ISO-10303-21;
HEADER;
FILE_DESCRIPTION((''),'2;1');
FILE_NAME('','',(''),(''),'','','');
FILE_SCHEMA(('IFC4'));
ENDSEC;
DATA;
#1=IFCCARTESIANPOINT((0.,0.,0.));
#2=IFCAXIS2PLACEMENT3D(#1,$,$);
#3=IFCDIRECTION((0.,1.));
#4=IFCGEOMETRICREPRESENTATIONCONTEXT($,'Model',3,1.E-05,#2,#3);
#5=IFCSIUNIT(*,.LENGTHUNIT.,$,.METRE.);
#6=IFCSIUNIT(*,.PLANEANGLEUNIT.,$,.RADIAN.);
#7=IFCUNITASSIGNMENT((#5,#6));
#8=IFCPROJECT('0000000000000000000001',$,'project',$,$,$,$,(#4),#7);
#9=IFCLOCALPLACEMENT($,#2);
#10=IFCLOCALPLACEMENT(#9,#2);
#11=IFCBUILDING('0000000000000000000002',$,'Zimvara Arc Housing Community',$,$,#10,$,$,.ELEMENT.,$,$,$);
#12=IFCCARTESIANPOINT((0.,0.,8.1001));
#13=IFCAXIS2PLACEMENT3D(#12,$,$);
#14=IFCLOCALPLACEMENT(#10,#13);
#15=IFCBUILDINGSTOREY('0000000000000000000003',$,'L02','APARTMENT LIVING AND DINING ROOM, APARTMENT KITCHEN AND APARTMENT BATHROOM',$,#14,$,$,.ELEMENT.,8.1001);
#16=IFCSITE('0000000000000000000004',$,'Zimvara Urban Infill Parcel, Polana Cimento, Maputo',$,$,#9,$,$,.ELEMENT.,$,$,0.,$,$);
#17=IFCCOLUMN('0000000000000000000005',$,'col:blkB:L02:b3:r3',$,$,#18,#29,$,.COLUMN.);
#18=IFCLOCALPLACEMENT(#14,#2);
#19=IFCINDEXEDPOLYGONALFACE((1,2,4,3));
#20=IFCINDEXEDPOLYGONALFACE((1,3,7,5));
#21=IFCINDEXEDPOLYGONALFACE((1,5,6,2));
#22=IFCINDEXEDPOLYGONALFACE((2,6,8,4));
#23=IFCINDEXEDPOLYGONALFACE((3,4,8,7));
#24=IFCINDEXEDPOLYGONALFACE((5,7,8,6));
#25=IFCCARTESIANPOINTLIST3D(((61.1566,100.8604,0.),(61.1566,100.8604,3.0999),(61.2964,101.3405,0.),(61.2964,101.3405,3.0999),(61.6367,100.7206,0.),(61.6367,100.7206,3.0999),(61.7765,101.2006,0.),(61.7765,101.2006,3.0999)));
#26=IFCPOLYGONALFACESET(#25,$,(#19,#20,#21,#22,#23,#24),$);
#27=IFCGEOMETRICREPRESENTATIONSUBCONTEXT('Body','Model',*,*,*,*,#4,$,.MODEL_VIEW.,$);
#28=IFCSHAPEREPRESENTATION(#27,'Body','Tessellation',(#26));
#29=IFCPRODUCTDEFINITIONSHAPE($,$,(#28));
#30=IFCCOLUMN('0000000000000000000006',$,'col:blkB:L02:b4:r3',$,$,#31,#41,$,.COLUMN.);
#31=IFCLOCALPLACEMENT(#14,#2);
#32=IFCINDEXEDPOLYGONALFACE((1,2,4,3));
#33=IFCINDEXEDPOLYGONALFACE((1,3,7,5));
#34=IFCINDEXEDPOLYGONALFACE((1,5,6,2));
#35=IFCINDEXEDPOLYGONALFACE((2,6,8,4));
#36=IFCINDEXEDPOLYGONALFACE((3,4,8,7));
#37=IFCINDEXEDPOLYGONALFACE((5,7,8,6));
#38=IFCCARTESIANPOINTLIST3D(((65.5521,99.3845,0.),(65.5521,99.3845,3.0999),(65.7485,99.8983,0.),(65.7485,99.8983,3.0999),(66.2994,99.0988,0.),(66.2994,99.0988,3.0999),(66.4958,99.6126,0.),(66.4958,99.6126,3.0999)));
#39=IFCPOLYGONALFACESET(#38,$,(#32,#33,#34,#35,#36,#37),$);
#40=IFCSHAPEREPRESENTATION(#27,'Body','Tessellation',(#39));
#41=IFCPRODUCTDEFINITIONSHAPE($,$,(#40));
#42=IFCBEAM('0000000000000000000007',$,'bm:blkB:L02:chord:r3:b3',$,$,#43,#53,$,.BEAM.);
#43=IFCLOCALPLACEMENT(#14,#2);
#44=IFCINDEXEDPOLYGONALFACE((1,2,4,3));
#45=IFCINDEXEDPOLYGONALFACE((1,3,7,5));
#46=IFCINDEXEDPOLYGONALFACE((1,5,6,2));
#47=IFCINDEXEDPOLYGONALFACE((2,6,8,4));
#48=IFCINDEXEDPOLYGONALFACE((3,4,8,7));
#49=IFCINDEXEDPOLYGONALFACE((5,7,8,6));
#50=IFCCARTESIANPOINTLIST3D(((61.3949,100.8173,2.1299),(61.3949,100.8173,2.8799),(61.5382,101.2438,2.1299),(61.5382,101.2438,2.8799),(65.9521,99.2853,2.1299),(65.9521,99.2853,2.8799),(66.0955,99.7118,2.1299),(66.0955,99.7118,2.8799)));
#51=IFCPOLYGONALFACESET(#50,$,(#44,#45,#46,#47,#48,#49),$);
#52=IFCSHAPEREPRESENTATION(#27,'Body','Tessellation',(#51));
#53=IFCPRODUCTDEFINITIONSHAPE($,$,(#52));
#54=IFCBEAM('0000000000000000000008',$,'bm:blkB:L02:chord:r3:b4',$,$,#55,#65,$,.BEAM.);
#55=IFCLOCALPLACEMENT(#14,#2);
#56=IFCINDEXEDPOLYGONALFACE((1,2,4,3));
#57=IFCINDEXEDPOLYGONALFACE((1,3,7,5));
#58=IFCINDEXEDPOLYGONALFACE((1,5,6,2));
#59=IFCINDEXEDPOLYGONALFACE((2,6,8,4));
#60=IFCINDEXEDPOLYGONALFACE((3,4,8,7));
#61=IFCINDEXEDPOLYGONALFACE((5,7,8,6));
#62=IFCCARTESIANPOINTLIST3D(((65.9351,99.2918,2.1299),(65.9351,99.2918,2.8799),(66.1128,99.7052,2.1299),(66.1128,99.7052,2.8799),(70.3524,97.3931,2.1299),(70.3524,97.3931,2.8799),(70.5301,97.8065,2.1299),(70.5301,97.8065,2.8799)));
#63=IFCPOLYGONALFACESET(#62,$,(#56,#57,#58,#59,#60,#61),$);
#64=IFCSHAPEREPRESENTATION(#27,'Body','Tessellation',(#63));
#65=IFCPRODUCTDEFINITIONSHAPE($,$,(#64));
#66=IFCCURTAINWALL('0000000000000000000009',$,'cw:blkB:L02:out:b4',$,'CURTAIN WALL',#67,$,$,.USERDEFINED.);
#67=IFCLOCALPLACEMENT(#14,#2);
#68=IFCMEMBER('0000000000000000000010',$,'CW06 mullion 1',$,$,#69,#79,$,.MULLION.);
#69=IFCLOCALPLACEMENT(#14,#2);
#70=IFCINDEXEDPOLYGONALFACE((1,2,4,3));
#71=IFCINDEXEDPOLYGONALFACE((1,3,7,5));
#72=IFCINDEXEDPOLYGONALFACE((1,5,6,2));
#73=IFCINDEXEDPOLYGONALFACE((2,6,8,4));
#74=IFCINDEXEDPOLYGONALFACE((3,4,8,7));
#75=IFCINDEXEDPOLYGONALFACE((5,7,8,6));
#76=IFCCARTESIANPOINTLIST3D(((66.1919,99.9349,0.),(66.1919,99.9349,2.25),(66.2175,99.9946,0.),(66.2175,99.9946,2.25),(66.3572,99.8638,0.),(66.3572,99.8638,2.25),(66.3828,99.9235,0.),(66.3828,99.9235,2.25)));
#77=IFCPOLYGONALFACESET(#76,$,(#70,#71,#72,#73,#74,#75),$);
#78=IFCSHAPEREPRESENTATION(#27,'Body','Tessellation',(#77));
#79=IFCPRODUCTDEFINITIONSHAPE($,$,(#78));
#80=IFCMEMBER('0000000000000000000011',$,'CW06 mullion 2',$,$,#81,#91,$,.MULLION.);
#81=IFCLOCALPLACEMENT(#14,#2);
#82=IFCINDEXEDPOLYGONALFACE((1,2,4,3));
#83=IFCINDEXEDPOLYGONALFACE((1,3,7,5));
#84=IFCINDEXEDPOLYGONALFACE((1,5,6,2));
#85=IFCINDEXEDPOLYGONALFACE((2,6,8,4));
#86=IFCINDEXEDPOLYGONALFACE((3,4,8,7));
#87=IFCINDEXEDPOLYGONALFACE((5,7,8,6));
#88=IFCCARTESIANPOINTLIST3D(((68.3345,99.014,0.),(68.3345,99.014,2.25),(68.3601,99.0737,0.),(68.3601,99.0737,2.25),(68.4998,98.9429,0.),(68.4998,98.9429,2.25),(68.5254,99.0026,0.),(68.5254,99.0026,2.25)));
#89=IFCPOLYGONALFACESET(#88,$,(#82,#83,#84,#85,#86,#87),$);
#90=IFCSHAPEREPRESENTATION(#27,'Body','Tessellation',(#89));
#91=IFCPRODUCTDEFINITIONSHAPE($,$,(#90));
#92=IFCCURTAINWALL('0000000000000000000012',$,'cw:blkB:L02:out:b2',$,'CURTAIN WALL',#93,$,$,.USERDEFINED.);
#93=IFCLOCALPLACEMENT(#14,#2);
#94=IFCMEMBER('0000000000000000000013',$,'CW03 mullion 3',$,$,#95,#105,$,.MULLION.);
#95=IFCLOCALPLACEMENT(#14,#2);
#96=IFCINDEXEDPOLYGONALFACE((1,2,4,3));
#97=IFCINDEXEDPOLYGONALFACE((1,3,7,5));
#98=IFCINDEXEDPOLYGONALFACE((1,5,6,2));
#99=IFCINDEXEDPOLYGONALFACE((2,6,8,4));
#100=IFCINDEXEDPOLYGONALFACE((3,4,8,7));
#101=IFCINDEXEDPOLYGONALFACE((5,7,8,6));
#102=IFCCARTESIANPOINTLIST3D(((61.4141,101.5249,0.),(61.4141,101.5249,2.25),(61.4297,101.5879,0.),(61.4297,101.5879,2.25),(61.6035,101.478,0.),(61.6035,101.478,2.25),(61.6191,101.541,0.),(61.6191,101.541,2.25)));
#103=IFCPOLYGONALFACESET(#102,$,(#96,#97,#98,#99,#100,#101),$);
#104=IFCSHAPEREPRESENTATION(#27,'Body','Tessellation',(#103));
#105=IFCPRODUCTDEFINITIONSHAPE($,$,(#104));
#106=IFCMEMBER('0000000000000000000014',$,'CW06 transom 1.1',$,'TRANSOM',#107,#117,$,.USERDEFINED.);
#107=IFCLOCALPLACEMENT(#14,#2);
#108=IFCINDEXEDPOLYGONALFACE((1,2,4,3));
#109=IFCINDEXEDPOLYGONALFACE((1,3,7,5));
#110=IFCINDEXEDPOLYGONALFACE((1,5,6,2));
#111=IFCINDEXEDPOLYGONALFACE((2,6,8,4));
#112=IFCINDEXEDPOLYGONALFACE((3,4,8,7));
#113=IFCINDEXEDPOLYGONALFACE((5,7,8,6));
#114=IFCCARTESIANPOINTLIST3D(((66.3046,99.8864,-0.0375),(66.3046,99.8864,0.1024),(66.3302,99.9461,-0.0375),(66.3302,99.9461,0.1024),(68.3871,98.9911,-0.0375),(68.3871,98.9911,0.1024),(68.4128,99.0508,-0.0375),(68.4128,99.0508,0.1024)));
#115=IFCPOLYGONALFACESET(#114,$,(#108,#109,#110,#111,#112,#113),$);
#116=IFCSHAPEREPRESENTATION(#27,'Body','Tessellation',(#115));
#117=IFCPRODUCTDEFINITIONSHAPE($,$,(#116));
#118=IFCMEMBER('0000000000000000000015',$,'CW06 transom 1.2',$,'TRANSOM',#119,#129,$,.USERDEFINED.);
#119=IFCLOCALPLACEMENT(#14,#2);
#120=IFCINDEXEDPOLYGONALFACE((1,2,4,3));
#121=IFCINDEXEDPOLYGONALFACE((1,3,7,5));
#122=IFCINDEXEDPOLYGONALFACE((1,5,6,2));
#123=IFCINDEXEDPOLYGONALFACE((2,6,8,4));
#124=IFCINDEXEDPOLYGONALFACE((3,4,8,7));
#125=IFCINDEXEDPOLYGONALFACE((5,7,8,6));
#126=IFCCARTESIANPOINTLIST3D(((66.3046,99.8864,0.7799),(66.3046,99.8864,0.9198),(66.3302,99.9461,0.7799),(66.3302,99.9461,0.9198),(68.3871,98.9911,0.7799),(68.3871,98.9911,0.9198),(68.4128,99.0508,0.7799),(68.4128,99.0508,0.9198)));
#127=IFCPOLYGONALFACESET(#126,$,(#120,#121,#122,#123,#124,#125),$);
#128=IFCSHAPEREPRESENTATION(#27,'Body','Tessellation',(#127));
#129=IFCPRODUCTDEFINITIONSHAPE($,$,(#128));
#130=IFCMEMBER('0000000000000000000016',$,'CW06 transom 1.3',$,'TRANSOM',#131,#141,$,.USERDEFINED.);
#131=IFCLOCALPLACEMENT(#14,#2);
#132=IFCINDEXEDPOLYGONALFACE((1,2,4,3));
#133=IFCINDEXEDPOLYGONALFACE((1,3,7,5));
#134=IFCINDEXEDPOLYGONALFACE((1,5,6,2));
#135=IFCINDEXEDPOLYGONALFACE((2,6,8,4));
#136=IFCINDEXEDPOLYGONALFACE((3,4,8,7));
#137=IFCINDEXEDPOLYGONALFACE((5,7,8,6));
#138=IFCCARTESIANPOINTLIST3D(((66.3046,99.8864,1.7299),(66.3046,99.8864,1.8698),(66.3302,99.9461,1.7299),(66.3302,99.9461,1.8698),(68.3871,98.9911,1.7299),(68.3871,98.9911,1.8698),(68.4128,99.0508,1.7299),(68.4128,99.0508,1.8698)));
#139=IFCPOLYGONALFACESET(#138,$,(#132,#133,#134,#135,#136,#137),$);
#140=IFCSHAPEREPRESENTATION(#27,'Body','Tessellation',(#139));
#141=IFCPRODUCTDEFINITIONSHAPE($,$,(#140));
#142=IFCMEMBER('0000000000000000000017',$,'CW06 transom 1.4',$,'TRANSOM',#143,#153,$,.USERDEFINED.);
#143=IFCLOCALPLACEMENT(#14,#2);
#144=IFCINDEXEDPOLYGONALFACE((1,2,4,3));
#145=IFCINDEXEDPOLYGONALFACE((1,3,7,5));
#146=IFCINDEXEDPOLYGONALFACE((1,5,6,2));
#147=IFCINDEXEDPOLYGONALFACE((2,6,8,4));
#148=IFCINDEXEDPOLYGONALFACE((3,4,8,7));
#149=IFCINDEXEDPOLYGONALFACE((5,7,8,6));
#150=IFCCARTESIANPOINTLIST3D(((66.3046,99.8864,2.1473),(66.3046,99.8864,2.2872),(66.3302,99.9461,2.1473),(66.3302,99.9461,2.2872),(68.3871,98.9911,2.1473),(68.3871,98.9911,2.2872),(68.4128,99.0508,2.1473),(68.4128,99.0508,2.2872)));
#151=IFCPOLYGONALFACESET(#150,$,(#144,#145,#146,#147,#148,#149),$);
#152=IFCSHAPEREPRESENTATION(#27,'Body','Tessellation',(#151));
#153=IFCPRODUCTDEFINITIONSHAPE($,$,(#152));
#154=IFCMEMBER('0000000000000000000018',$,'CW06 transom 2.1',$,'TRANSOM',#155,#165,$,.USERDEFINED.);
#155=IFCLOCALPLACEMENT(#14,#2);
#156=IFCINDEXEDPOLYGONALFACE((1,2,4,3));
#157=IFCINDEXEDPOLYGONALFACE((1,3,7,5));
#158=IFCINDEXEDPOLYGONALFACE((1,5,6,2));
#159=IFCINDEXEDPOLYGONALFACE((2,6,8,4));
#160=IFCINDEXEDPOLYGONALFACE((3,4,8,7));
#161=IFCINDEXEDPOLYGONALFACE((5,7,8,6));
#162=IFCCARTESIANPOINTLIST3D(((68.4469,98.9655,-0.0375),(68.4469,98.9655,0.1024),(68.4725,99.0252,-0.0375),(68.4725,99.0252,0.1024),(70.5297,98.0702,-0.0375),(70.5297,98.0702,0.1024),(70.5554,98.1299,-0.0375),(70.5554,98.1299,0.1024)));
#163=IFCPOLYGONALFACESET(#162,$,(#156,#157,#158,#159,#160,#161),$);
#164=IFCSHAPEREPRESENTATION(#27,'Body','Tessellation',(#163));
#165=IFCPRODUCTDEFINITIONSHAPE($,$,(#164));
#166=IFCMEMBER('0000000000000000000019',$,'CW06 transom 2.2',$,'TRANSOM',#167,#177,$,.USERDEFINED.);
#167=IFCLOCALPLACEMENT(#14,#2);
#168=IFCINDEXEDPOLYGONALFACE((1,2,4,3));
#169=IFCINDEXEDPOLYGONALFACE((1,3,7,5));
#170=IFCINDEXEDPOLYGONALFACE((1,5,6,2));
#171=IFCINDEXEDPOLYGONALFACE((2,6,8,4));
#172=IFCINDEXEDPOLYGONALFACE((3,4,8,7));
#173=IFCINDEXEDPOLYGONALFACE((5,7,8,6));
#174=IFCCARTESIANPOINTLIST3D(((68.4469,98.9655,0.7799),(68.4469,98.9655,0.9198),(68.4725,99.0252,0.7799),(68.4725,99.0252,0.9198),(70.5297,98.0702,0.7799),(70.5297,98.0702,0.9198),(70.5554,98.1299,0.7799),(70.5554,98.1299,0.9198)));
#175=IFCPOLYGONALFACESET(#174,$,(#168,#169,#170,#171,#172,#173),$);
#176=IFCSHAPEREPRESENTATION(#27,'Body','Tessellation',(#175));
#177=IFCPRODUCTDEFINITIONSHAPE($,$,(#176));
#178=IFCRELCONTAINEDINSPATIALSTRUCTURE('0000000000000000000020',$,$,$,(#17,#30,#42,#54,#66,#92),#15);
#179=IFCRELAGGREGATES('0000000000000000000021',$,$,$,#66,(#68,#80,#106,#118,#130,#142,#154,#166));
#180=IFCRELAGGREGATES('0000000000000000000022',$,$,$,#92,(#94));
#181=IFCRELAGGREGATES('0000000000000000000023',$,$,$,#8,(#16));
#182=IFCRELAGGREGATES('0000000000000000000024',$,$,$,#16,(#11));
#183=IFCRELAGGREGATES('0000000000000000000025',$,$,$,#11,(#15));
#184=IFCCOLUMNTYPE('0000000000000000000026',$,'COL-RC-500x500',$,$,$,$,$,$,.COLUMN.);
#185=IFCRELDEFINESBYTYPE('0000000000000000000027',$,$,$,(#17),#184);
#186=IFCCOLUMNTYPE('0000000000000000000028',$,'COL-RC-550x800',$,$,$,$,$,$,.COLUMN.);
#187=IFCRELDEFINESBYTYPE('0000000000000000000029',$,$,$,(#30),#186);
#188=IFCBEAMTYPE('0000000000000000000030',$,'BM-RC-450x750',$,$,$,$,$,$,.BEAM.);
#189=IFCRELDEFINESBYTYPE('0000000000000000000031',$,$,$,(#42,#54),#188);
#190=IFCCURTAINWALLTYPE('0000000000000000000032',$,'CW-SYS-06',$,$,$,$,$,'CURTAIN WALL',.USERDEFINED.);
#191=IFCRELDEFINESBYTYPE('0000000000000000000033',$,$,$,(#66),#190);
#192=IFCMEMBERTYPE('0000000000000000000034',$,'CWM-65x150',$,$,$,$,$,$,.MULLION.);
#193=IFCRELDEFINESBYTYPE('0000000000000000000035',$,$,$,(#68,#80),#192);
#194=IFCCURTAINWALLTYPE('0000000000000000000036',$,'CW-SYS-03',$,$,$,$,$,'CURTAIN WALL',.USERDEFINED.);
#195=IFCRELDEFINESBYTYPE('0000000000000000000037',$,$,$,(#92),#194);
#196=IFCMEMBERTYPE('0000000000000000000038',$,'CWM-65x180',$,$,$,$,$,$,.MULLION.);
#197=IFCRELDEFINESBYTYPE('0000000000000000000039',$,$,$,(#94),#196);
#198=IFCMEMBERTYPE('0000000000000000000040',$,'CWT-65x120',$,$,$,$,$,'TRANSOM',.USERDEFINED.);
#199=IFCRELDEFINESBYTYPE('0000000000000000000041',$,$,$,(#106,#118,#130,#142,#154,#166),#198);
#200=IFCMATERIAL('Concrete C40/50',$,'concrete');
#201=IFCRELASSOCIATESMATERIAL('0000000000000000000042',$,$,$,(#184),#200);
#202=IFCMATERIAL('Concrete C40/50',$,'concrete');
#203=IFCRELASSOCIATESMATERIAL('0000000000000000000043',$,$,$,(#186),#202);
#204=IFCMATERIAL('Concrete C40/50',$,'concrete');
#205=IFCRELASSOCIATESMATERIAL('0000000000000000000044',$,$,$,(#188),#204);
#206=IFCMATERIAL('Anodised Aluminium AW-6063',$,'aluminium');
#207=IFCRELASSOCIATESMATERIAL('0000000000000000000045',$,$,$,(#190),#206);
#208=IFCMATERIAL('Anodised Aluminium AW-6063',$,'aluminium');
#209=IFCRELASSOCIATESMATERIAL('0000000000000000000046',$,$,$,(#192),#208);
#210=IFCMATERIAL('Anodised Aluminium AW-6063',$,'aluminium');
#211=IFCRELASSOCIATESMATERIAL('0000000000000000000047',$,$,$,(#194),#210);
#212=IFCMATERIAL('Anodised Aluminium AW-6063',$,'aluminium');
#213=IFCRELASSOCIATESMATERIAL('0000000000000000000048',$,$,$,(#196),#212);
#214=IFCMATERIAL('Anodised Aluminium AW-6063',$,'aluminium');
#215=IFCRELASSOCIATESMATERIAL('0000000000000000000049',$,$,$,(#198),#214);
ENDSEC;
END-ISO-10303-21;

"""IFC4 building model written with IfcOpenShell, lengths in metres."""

from ifc_helpers import new_model, si_unit, direction, frame, origin, origin_2d, place, context, subcontext, project, spatial, rectangle, extrude, material, material_profile, profile_set, type_object, element, aggregate, save


model = new_model("IFC4")

# Units and contexts
model_context = context("Model", 3, precision=1e-05, world=origin(), true_north=direction((0.0, 1.0)))
body_context = subcontext(model_context, "Body", "Model", "MODEL_VIEW")
ifc_project = project(units=[si_unit("LENGTHUNIT", "METRE"), si_unit("PLANEANGLEUNIT", "RADIAN")], contexts=[model_context])

# Site, building, storey
site_placement = place(None, origin())
site = spatial("IfcSite", under=ifc_project, at=site_placement, Name="Zimvara Urban Infill Parcel, Polana Cimento, Maputo", CompositionType="ELEMENT", RefElevation=0.0)
building_placement = place(site_placement, origin())
building = spatial("IfcBuilding", under=site, at=building_placement, Name="Zimvara Arc Housing Community", CompositionType="ELEMENT")
storey_placement = place(building_placement, frame((0.0, 0.0, 8.1001)))
storey = spatial("IfcBuildingStorey", under=building, at=storey_placement, Name="L02", Description="APARTMENT LIVING AND DINING ROOM, APARTMENT KITCHEN AND APARTMENT BATHROOM", CompositionType="ELEMENT", Elevation=8.1001)

# Columns
ifc_material_1 = material(Name="Concrete C40/50", Category="concrete")
ifc_material_profile_1 = material_profile(ifc_material_1, rectangle(XDim=0.5, YDim=0.5, at=origin_2d()), Name="RC 500x500")
ifc_profile_set_1 = profile_set([ifc_material_profile_1], Name="Concrete C40/50")
column_type_1 = type_object("IfcColumnType", Name="COL-RC-500x500", PredefinedType="COLUMN", material=ifc_profile_set_1)
column_1_placement = place(storey_placement, frame((61.4666, 101.0305, 0.0), z_axis=(0.0, 0.0, 1.0), x_axis=(0.279661, 0.960099, 0.0)))
element("IfcColumn", 1, at=column_1_placement, inside=storey, type_object=column_type_1, Name="col:blkB:L02:b3:r3", PredefinedType="COLUMN", context=body_context, shape_type="SweptSolid", body=[
    extrude(rectangle(XDim=0.5, YDim=0.5, at=origin_2d()), origin(), (0.0, 0.0, 1.0), 3.0999),
])
ifc_material_2 = material(Name="Concrete C40/50", Category="concrete")
ifc_material_profile_2 = material_profile(ifc_material_2, rectangle(XDim=0.55, YDim=0.8, at=origin_2d()), Name="RC 550x800")
ifc_profile_set_2 = profile_set([ifc_material_profile_2], Name="Concrete C40/50")
column_type_2 = type_object("IfcColumnType", Name="COL-RC-550x800", PredefinedType="COLUMN", material=ifc_profile_set_2)
column_2_placement = place(storey_placement, frame((66.0239, 99.4985, 0.0), z_axis=(0.0, 0.0, 1.0), x_axis=(0.357064, 0.93408, 0.0)))
element("IfcColumn", 2, at=column_2_placement, inside=storey, type_object=column_type_2, Name="col:blkB:L02:b4:r3", PredefinedType="COLUMN", context=body_context, shape_type="SweptSolid", body=[
    extrude(rectangle(XDim=0.55, YDim=0.8, at=origin_2d()), origin(), (0.0, 0.0, 1.0), 3.0999),
])

# Beams
ifc_material_3 = material(Name="Concrete C40/50", Category="concrete")
ifc_material_profile_3 = material_profile(ifc_material_3, rectangle(XDim=0.45, YDim=0.75, at=origin_2d()), Name="RC 450x750")
ifc_profile_set_3 = profile_set([ifc_material_profile_3], Name="Concrete C40/50")
beam_type = type_object("IfcBeamType", Name="BM-RC-450x750", PredefinedType="BEAM", material=ifc_profile_set_3)
beam_1_placement = place(storey_placement, frame((61.4666, 101.0305, 2.5049), z_axis=(0.947878, -0.318634, 0.0), x_axis=(0.318634, 0.947878, 0.0)))
element("IfcBeam", 3, at=beam_1_placement, inside=storey, type_object=beam_type, Name="bm:blkB:L02:chord:r3:b3", PredefinedType="BEAM", context=body_context, shape_type="SweptSolid", body=[
    extrude(rectangle(XDim=0.45, YDim=0.75, at=origin_2d()), origin(), (0.0, 0.0, 1.0), 4.8079),
])
beam_2_placement = place(storey_placement, frame((66.0239, 99.4985, 2.5049), z_axis=(0.918724, -0.3949, 0.0), x_axis=(0.3949, 0.918724, 0.0)))
element("IfcBeam", 4, at=beam_2_placement, inside=storey, type_object=beam_type, Name="bm:blkB:L02:chord:r3:b4", PredefinedType="BEAM", context=body_context, shape_type="SweptSolid", body=[
    extrude(rectangle(XDim=0.45, YDim=0.75, at=origin_2d()), origin(), (0.0, 0.0, 1.0), 4.8081),
])

# Curtain wall, members
ifc_material_4 = material(Name="Anodised Aluminium AW-6063", Category="aluminium")
curtain_wall_type_1 = type_object("IfcCurtainWallType", Name="CW-SYS-06", ElementType="CURTAIN WALL", PredefinedType="USERDEFINED", material=ifc_material_4)
curtain_wall_1_placement = place(storey_placement, origin())
curtain_wall_1 = element("IfcCurtainWall", 5, at=curtain_wall_1_placement, inside=storey, type_object=curtain_wall_type_1, Name="cw:blkB:L02:out:b4", ObjectType="CURTAIN WALL", PredefinedType="USERDEFINED")
ifc_material_5 = material(Name="Anodised Aluminium AW-6063", Category="aluminium")
ifc_material_profile_4 = material_profile(ifc_material_5, rectangle(XDim=0.0649, YDim=0.1799, at=origin_2d()), Name="ALU 65x180")
ifc_profile_set_4 = profile_set([ifc_material_profile_4], Name="Anodised Aluminium AW-6063")
member_type_1 = type_object("IfcMemberType", Name="CWM-65x150", PredefinedType="MULLION", material=ifc_profile_set_4)
member_1_placement = place(storey_placement, frame((66.2874, 99.9292, 0.0), z_axis=(0.0, 0.0, 1.0), x_axis=(0.394904, 0.918722, 0.0)))
member_1 = element("IfcMember", 6, at=member_1_placement, type_object=member_type_1, Name="CW06 mullion 1", PredefinedType="MULLION", context=body_context, shape_type="SweptSolid", body=[
    extrude(rectangle(XDim=0.0649, YDim=0.1799, at=origin_2d()), origin(), (0.0, 0.0, 1.0), 2.25),
])
member_2_placement = place(storey_placement, frame((68.4299, 99.0083, 0.0), z_axis=(0.0, 0.0, 1.0), x_axis=(0.394904, 0.918722, 0.0)))
member_2 = element("IfcMember", 7, at=member_2_placement, type_object=member_type_1, Name="CW06 mullion 2", PredefinedType="MULLION", context=body_context, shape_type="SweptSolid", body=[
    extrude(rectangle(XDim=0.0649, YDim=0.1799, at=origin_2d()), origin(), (0.0, 0.0, 1.0), 2.25),
])

# Curtain wall, member
ifc_material_6 = material(Name="Anodised Aluminium AW-6063", Category="aluminium")
curtain_wall_type_2 = type_object("IfcCurtainWallType", Name="CW-SYS-03", ElementType="CURTAIN WALL", PredefinedType="USERDEFINED", material=ifc_material_6)
curtain_wall_2_placement = place(storey_placement, origin())
curtain_wall_2 = element("IfcCurtainWall", 8, at=curtain_wall_2_placement, inside=storey, type_object=curtain_wall_type_2, Name="cw:blkB:L02:out:b2", ObjectType="CURTAIN WALL", PredefinedType="USERDEFINED")
ifc_material_7 = material(Name="Anodised Aluminium AW-6063", Category="aluminium")
ifc_material_profile_5 = material_profile(ifc_material_7, rectangle(XDim=0.0649, YDim=0.1951, at=origin_2d()), Name="ALU 65x195")
ifc_profile_set_5 = profile_set([ifc_material_profile_5], Name="Anodised Aluminium AW-6063")
member_type_2 = type_object("IfcMemberType", Name="CWM-65x180", PredefinedType="MULLION", material=ifc_profile_set_5)
member_3_placement = place(storey_placement, frame((61.5166, 101.533, 0.0), z_axis=(0.0, 0.0, 1.0), x_axis=(0.24023, 0.970716, 0.0)))
member_3 = element("IfcMember", 9, at=member_3_placement, type_object=member_type_2, Name="CW03 mullion 3", PredefinedType="MULLION", context=body_context, shape_type="SweptSolid", body=[
    extrude(rectangle(XDim=0.0649, YDim=0.1951, at=origin_2d()), origin(), (0.0, 0.0, 1.0), 2.25),
])

# Members
ifc_material_8 = material(Name="Anodised Aluminium AW-6063", Category="aluminium")
ifc_material_profile_6 = material_profile(ifc_material_8, rectangle(XDim=0.0649, YDim=0.1399, at=origin_2d()), Name="ALU 65x140")
ifc_profile_set_6 = profile_set([ifc_material_profile_6], Name="Anodised Aluminium AW-6063")
member_type_3 = type_object("IfcMemberType", Name="CWT-65x120", ElementType="TRANSOM", PredefinedType="USERDEFINED", material=ifc_profile_set_6)
member_4_placement = place(storey_placement, frame((66.3174, 99.9163, 0.0325), z_axis=(0.918704, -0.394946, 0.0), x_axis=(0.394946, 0.918704, 0.0)))
member_4 = element("IfcMember", 10, at=member_4_placement, type_object=member_type_3, Name="CW06 transom 1.1", ObjectType="TRANSOM", PredefinedType="USERDEFINED", context=body_context, shape_type="SweptSolid", body=[
    extrude(rectangle(XDim=0.0649, YDim=0.1399, at=origin_2d()), origin(), (0.0, 0.0, 1.0), 2.2668),
])
member_5_placement = place(storey_placement, frame((66.3174, 99.9163, 0.8499), z_axis=(0.918704, -0.394946, 0.0), x_axis=(0.394946, 0.918704, 0.0)))
member_5 = element("IfcMember", 11, at=member_5_placement, type_object=member_type_3, Name="CW06 transom 1.2", ObjectType="TRANSOM", PredefinedType="USERDEFINED", context=body_context, shape_type="SweptSolid", body=[
    extrude(rectangle(XDim=0.0649, YDim=0.1399, at=origin_2d()), origin(), (0.0, 0.0, 1.0), 2.2668),
])
member_6_placement = place(storey_placement, frame((66.3174, 99.9163, 1.7998), z_axis=(0.918704, -0.394946, 0.0), x_axis=(0.394946, 0.918704, 0.0)))
member_6 = element("IfcMember", 12, at=member_6_placement, type_object=member_type_3, Name="CW06 transom 1.3", ObjectType="TRANSOM", PredefinedType="USERDEFINED", context=body_context, shape_type="SweptSolid", body=[
    extrude(rectangle(XDim=0.0649, YDim=0.1399, at=origin_2d()), origin(), (0.0, 0.0, 1.0), 2.2668),
])
member_7_placement = place(storey_placement, frame((66.3174, 99.9163, 2.2173), z_axis=(0.918704, -0.394946, 0.0), x_axis=(0.394946, 0.918704, 0.0)))
member_7 = element("IfcMember", 13, at=member_7_placement, type_object=member_type_3, Name="CW06 transom 1.4", ObjectType="TRANSOM", PredefinedType="USERDEFINED", context=body_context, shape_type="SweptSolid", body=[
    extrude(rectangle(XDim=0.0649, YDim=0.1399, at=origin_2d()), origin(), (0.0, 0.0, 1.0), 2.2668),
])
member_8_placement = place(storey_placement, frame((68.4597, 98.9954, 0.0325), z_axis=(0.918721, -0.394907, 0.0), x_axis=(0.394907, 0.918721, 0.0)))
member_8 = element("IfcMember", 14, at=member_8_placement, type_object=member_type_3, Name="CW06 transom 2.1", ObjectType="TRANSOM", PredefinedType="USERDEFINED", context=body_context, shape_type="SweptSolid", body=[
    extrude(rectangle(XDim=0.0649, YDim=0.1399, at=origin_2d()), origin(), (0.0, 0.0, 1.0), 2.2671),
])
member_9_placement = place(storey_placement, frame((68.4597, 98.9954, 0.8499), z_axis=(0.918721, -0.394907, 0.0), x_axis=(0.394907, 0.918721, 0.0)))
member_9 = element("IfcMember", 15, at=member_9_placement, type_object=member_type_3, Name="CW06 transom 2.2", ObjectType="TRANSOM", PredefinedType="USERDEFINED", context=body_context, shape_type="SweptSolid", body=[
    extrude(rectangle(XDim=0.0649, YDim=0.1399, at=origin_2d()), origin(), (0.0, 0.0, 1.0), 2.2671),
])

aggregate(curtain_wall_1, [member_1, member_2, member_4, member_5, member_6, member_7, member_8, member_9])
aggregate(curtain_wall_2, [member_3])

save(model, "model.ifc")
